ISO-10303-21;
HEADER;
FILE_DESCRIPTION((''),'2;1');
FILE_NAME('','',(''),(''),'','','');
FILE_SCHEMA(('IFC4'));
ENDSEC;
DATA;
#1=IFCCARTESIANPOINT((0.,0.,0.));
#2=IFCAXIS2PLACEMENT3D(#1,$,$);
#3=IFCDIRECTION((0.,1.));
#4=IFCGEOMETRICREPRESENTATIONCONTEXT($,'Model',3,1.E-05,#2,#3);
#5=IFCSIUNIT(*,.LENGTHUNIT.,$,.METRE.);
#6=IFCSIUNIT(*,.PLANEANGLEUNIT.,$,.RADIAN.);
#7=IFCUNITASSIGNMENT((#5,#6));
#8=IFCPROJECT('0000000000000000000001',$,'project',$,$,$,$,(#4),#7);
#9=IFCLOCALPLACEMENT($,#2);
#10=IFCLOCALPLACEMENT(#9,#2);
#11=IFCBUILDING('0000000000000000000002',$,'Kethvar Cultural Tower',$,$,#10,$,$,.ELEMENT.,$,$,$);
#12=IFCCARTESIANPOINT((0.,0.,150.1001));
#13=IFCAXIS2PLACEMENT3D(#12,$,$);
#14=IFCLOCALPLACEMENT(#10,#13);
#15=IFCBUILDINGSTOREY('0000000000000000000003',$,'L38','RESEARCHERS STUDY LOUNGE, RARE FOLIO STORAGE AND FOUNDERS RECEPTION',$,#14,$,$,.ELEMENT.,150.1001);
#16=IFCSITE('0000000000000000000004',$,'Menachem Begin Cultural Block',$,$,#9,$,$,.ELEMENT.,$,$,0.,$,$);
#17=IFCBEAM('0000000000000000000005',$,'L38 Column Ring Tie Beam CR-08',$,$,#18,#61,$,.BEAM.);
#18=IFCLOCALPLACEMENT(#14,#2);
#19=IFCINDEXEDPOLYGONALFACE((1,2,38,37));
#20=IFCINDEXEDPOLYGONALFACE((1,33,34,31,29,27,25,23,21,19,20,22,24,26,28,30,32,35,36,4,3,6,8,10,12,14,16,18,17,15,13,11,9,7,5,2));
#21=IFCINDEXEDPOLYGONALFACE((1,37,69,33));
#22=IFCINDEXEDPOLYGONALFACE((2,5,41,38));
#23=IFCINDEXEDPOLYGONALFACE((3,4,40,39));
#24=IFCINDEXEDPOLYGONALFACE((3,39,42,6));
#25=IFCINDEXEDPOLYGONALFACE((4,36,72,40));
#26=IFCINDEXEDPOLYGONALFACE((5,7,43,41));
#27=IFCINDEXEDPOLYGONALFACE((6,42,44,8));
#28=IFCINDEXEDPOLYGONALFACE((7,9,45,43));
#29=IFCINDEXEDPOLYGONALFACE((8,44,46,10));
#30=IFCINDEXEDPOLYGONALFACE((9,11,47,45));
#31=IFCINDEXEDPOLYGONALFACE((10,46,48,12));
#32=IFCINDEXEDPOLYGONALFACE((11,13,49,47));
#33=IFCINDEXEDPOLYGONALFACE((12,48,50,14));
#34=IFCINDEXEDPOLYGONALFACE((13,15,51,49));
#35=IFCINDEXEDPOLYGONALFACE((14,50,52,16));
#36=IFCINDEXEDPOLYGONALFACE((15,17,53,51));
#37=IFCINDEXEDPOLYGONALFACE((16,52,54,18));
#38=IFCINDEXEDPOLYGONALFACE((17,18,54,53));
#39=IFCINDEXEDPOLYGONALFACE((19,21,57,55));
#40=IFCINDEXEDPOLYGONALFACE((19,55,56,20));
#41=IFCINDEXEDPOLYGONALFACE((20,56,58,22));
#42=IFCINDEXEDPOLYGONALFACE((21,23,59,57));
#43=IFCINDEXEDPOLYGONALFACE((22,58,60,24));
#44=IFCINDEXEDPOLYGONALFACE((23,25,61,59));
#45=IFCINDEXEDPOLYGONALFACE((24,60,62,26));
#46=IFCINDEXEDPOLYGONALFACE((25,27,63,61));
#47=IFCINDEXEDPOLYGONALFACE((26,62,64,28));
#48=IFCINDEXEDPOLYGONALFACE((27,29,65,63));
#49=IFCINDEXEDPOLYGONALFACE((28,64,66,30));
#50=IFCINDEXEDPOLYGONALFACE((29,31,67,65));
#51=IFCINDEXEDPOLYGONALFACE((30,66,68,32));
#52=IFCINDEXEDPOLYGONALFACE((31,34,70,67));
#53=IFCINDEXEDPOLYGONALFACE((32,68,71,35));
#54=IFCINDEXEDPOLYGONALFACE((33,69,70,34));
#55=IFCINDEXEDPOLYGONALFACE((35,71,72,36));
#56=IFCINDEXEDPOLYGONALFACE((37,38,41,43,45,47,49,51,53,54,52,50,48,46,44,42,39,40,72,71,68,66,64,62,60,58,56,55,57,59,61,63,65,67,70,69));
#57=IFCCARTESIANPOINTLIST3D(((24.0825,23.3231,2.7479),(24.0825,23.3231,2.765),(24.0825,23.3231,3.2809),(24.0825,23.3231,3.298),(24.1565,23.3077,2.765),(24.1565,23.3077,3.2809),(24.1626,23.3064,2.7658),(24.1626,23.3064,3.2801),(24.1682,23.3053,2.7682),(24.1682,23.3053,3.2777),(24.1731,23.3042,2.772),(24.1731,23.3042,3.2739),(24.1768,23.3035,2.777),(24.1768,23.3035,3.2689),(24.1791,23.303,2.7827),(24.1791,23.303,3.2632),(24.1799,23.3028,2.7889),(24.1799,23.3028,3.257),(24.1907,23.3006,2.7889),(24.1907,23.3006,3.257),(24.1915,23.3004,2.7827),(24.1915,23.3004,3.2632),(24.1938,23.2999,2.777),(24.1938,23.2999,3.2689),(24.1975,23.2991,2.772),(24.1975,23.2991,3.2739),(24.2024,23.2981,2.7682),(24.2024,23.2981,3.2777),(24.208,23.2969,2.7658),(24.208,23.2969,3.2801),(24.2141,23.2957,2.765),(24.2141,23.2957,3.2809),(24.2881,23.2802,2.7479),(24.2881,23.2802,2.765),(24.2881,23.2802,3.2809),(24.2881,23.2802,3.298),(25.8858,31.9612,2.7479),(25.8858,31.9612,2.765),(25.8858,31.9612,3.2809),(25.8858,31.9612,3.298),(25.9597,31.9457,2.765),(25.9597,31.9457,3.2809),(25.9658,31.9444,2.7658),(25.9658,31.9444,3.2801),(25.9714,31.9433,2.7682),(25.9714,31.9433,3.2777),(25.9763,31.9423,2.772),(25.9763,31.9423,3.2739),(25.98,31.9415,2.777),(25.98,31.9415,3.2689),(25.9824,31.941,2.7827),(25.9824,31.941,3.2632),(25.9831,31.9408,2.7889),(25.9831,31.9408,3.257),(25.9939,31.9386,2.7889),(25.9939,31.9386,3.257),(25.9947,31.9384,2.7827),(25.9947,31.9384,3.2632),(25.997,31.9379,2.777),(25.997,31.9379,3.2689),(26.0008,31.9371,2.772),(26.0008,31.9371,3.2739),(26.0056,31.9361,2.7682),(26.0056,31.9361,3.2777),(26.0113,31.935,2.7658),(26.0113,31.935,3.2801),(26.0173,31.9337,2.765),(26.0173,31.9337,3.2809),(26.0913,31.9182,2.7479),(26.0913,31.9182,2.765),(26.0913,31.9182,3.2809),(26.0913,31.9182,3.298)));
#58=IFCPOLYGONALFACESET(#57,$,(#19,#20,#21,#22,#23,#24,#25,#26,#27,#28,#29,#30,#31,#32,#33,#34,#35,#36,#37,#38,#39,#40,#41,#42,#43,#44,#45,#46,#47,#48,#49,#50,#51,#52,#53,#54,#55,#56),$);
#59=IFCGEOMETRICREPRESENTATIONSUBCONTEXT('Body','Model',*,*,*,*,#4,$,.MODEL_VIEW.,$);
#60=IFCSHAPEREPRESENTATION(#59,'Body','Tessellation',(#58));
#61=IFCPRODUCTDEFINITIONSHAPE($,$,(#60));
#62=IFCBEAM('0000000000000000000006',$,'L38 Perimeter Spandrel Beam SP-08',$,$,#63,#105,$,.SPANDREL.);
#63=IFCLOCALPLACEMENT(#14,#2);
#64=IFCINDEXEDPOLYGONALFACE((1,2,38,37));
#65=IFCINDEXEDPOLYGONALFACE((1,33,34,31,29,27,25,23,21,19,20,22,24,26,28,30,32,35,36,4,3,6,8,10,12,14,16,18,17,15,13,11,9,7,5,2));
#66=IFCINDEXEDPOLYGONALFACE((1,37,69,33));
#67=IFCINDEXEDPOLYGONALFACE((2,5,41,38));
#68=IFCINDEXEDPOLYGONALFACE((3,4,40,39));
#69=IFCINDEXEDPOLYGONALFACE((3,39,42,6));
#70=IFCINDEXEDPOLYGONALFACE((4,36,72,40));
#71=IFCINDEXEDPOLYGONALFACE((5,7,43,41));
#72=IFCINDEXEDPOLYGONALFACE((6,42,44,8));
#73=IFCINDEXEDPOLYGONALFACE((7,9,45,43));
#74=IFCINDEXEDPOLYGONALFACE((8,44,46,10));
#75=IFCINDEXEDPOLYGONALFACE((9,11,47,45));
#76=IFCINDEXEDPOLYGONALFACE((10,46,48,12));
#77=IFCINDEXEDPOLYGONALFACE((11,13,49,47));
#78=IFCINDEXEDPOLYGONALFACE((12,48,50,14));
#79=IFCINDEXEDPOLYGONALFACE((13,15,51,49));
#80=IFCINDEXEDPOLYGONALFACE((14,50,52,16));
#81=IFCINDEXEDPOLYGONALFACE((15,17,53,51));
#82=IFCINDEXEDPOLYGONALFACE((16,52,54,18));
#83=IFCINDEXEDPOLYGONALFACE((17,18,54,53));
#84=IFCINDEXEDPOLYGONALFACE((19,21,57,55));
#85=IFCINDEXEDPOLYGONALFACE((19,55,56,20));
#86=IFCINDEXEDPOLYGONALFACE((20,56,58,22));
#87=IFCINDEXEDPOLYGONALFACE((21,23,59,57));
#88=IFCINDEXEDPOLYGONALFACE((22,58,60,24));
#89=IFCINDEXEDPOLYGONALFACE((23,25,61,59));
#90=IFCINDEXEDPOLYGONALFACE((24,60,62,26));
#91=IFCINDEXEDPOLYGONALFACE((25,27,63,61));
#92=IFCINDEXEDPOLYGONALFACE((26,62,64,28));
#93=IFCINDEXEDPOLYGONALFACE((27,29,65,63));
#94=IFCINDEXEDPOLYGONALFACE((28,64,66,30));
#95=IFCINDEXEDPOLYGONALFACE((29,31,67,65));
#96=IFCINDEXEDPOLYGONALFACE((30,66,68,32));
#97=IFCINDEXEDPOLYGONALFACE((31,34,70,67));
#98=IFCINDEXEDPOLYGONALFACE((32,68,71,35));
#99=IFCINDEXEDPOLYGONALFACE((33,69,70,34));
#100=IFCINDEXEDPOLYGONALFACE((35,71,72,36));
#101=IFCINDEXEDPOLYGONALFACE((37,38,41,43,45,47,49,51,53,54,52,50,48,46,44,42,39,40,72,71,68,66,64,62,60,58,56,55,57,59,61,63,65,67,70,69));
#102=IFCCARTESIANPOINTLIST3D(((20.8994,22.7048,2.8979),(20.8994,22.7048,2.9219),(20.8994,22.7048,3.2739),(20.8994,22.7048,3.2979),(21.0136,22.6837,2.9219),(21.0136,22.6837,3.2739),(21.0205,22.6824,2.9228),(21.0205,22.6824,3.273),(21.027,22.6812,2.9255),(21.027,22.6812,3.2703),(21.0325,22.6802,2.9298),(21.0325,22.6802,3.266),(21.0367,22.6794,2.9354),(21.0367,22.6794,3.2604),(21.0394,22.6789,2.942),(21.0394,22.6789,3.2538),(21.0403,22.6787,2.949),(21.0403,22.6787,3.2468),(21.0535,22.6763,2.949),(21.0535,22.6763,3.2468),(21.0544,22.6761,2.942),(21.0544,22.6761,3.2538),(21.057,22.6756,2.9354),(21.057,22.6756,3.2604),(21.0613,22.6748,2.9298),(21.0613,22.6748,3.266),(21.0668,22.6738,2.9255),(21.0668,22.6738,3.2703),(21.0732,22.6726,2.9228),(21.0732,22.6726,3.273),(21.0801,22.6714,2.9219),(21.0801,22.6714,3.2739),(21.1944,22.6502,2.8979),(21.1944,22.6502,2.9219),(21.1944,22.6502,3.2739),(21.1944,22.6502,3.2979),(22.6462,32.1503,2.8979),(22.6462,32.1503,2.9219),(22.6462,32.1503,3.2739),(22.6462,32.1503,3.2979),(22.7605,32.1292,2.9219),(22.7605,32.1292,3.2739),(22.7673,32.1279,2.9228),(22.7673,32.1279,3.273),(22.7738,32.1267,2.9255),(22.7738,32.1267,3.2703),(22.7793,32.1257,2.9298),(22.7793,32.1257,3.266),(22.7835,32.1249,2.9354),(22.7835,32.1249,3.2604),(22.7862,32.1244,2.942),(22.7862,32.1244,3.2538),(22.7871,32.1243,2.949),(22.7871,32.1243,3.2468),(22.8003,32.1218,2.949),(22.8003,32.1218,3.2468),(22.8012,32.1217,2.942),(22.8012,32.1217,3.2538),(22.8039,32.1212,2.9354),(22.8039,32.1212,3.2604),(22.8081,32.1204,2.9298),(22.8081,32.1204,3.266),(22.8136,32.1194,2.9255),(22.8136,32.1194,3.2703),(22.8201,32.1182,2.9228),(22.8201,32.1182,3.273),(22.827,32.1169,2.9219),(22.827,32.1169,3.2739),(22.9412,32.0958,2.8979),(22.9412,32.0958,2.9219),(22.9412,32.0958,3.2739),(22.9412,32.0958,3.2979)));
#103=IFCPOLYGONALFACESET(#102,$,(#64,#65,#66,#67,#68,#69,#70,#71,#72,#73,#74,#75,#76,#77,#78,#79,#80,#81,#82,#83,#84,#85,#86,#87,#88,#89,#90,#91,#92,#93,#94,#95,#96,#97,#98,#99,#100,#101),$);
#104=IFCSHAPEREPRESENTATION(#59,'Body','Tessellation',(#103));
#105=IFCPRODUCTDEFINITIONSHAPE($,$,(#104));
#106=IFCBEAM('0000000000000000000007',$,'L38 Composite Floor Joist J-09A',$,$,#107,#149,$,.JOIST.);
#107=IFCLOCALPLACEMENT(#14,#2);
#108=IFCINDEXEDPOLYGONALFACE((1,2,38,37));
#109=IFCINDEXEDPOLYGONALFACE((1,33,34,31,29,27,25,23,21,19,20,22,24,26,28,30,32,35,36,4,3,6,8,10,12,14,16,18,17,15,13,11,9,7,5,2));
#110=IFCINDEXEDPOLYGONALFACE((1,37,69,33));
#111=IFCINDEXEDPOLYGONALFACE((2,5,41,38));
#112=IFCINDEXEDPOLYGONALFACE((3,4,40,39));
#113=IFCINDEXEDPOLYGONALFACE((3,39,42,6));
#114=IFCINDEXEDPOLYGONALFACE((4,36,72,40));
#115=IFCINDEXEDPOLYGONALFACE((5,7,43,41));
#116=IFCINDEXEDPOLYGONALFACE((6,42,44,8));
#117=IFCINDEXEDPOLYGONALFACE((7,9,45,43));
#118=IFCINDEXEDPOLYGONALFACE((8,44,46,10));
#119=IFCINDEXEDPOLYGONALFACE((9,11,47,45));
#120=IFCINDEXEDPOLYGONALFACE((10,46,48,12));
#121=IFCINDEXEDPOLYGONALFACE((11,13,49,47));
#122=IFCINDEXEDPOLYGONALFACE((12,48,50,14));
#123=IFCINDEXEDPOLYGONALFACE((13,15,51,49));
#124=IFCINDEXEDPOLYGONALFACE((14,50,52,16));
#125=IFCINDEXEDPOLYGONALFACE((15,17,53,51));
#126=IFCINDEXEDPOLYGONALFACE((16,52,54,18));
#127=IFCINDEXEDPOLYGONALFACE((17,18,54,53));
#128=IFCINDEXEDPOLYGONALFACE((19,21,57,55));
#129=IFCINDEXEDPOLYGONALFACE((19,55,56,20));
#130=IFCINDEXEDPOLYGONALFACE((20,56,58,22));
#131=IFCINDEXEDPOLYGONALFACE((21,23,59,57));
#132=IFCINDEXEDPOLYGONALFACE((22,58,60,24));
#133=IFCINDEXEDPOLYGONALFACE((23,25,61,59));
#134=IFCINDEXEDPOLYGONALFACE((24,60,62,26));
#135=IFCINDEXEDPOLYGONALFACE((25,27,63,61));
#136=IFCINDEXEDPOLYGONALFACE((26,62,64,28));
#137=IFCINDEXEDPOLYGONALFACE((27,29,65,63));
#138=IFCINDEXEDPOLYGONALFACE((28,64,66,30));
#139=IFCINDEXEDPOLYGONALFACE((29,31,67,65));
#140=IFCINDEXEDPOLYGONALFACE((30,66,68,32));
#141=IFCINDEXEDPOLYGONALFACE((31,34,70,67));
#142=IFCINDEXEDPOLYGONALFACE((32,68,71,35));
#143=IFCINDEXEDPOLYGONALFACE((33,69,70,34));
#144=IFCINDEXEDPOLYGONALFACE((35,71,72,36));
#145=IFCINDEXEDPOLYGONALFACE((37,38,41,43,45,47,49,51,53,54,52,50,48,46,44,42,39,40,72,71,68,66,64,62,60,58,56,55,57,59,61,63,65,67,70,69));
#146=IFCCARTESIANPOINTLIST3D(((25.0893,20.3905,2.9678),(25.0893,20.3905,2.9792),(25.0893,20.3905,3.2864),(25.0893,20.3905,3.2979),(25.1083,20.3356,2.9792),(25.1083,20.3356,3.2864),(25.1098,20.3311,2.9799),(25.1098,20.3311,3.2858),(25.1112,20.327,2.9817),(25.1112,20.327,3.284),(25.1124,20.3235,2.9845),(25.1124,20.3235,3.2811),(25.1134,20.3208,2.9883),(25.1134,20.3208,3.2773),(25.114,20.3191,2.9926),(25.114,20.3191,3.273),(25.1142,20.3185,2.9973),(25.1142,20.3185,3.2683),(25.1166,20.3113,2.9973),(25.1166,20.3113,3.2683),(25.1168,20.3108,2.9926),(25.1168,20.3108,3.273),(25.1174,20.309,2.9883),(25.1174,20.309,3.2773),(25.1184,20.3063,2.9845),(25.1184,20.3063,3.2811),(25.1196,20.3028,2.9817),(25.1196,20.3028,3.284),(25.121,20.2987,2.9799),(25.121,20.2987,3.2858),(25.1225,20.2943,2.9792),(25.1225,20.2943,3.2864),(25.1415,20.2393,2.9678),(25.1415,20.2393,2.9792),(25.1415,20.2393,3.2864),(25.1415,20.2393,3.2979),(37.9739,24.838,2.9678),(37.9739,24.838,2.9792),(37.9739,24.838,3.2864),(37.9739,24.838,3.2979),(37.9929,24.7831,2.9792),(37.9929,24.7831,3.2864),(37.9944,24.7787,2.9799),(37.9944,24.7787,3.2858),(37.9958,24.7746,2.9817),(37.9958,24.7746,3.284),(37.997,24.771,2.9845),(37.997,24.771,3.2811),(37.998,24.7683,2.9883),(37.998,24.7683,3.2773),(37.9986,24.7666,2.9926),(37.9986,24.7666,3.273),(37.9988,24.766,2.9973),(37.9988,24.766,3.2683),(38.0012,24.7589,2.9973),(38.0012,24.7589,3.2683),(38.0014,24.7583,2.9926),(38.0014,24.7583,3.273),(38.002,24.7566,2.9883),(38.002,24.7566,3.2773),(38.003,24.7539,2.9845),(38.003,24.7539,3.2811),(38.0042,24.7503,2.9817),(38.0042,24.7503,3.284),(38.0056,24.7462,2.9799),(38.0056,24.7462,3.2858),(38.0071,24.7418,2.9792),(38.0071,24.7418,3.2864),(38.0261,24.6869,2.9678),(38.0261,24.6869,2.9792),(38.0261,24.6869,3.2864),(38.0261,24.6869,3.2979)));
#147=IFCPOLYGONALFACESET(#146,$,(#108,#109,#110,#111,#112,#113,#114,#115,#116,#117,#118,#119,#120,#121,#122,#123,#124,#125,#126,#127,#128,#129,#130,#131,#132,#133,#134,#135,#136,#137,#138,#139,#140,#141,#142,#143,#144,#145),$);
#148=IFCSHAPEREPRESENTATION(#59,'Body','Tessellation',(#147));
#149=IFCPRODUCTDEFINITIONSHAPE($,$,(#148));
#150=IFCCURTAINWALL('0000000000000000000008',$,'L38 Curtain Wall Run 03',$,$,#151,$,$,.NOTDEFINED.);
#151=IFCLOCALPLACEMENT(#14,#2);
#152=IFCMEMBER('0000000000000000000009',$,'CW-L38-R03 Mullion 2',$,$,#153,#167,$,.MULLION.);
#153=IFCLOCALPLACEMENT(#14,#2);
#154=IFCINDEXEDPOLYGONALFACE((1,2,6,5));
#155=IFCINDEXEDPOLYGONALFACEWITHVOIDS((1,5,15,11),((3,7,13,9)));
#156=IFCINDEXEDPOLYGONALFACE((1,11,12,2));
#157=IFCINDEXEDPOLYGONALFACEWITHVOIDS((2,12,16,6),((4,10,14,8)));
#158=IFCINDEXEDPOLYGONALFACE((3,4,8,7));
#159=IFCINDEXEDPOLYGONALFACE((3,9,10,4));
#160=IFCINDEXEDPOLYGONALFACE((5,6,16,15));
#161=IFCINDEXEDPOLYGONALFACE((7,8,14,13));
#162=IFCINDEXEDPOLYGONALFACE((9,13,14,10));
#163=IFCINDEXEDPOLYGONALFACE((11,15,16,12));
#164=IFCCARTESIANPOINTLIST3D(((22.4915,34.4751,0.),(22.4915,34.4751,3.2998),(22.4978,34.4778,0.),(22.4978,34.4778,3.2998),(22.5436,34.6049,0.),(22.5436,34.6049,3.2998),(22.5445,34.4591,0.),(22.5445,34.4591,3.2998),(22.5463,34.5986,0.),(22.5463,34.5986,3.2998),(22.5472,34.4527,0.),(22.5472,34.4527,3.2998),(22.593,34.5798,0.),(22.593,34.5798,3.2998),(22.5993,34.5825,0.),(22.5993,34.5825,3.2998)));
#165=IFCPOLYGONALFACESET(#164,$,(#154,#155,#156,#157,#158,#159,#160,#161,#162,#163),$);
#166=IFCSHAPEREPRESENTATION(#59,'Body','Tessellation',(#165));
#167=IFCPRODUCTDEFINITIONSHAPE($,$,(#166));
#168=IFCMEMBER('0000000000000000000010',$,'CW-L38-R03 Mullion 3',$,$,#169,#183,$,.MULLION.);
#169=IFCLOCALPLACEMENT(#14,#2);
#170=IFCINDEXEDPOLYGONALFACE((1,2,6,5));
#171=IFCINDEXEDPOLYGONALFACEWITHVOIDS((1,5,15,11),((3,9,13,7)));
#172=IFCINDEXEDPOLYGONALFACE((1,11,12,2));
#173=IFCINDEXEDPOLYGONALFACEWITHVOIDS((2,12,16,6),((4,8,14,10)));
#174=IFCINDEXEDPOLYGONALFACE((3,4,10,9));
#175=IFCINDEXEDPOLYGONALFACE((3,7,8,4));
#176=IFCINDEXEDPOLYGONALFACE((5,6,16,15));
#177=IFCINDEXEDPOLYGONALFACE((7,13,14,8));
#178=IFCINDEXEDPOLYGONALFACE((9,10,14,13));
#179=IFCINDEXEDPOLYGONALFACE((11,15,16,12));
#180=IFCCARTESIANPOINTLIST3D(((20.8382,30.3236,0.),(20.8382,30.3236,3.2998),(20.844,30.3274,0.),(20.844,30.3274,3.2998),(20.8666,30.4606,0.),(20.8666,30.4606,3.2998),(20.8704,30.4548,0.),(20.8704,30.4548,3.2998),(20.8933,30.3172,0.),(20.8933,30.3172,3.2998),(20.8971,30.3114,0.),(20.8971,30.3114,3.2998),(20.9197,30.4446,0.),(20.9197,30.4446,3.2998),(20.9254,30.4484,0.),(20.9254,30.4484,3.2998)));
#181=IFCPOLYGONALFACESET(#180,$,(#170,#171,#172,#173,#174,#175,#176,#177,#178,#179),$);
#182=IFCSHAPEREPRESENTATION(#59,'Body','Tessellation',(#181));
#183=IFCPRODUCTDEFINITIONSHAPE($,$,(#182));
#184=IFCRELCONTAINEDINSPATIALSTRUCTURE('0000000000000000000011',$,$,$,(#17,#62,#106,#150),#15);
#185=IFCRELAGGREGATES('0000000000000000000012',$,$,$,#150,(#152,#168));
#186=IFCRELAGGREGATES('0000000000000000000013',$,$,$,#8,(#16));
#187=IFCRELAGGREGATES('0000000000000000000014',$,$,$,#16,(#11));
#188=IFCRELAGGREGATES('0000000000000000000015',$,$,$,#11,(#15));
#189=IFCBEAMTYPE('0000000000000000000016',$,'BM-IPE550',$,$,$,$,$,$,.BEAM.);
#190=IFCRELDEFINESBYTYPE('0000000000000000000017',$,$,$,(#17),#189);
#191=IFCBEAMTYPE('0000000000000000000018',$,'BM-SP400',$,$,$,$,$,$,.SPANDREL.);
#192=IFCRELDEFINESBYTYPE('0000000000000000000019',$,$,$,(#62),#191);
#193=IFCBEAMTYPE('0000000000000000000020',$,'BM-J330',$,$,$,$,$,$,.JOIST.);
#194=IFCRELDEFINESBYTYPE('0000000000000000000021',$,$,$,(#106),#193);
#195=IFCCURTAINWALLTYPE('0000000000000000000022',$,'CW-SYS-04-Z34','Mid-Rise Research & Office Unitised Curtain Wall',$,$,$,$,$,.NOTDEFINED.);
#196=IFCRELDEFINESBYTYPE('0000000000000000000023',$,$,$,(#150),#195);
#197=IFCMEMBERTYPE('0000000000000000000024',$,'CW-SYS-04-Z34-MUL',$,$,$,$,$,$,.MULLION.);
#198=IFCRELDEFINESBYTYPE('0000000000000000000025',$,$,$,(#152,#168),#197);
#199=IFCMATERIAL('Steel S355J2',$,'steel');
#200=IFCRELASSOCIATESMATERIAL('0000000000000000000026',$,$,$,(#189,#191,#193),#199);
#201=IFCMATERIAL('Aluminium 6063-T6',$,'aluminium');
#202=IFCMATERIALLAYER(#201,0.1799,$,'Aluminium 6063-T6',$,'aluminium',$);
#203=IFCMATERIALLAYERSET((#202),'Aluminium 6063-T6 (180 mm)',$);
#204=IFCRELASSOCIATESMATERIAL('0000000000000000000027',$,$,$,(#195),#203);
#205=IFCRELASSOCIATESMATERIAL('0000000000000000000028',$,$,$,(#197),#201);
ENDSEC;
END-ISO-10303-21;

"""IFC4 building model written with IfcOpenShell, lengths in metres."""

from ifc_helpers import new_model, si_unit, direction, frame, origin, origin_2d, place, context, subcontext, project, spatial, hollow_rectangle, i_section, extrude, source, transform, mapped, material, layer, layer_set, material_profile, profile_set, type_object, element, aggregate, save


model = new_model("IFC4")

# Units and contexts
model_context = context("Model", 3, precision=1e-05, world=origin(), true_north=direction((0.0, 1.0)))
body_context = subcontext(model_context, "Body", "Model", "MODEL_VIEW")
ifc_project = project(units=[si_unit("LENGTHUNIT", "METRE"), si_unit("PLANEANGLEUNIT", "RADIAN")], contexts=[model_context])

# Site, building, storey
site_placement = place(None, origin())
site = spatial("IfcSite", under=ifc_project, at=site_placement, Name="Menachem Begin Cultural Block", CompositionType="ELEMENT", RefElevation=0.0)
building_placement = place(site_placement, origin())
building = spatial("IfcBuilding", under=site, at=building_placement, Name="Kethvar Cultural Tower", CompositionType="ELEMENT")
storey_placement = place(building_placement, frame((0.0, 0.0, 150.1001)))
storey = spatial("IfcBuildingStorey", under=building, at=storey_placement, Name="L38", Description="RESEARCHERS STUDY LOUNGE, RARE FOLIO STORAGE AND FOUNDERS RECEPTION", CompositionType="ELEMENT", Elevation=150.1001)

# Beams
ifc_material_1 = material(Name="Steel S355J2", Category="steel")
ifc_material_profile_1 = material_profile(ifc_material_1, i_section(OverallWidth=0.21, OverallDepth=0.55, WebThickness=0.011, FlangeThickness=0.0171, FilletRadius=0.0239, at=origin_2d()), Name="Steel S355J2 — IPE550")
ifc_profile_set_1 = profile_set([ifc_material_profile_1], Name="Steel S355J2 — IPE550")
beam_type_1 = type_object("IfcBeamType", Name="BM-IPE550", PredefinedType="BEAM", material=ifc_profile_set_1)
shared_shape_1 = source(origin(), body_context, "Body", "SweptSolid", [
    extrude(i_section(OverallWidth=0.21, OverallDepth=0.55, WebThickness=0.011, FlangeThickness=0.0171, FilletRadius=0.0239, at=origin_2d()), origin(), (0.0, 0.0, 1.0), 8.8242),
])
beam_1_placement = place(storey_placement, frame((25.9885, 31.9397, 3.0229), z_axis=(-0.204351, -0.978898, 0.0), x_axis=(0.978898, -0.204351, 0.0)))
element("IfcBeam", 1, at=beam_1_placement, inside=storey, type_object=beam_type_1, Name="L38 Column Ring Tie Beam CR-08", PredefinedType="BEAM", context=body_context, shape_type="MappedRepresentation", body=[
    mapped(shared_shape_1, transform((0.0, 0.0, 0.0), scale=1.0)),
])
ifc_material_profile_2 = material_profile(ifc_material_1, i_section(OverallWidth=0.3, OverallDepth=0.3999, WebThickness=0.0134, FlangeThickness=0.0239, FilletRadius=0.0271, at=origin_2d()), Name="Steel S355J2 — HEB400")
ifc_profile_set_2 = profile_set([ifc_material_profile_2], Name="Steel S355J2 — HEB400")
beam_type_2 = type_object("IfcBeamType", Name="BM-SP400", PredefinedType="SPANDREL", material=ifc_profile_set_2)
shared_shape_2 = source(origin(), body_context, "Body", "SweptSolid", [
    extrude(i_section(OverallWidth=0.3, OverallDepth=0.3999, WebThickness=0.0134, FlangeThickness=0.0239, FilletRadius=0.0271, at=origin_2d()), origin(), (0.0, 0.0, 1.0), 9.6057),
])
beam_2_placement = place(storey_placement, frame((22.7937, 32.123, 3.0979), z_axis=(-0.181853, -0.983326, 0.0), x_axis=(0.983326, -0.181853, 0.0)))
element("IfcBeam", 2, at=beam_2_placement, inside=storey, type_object=beam_type_2, Name="L38 Perimeter Spandrel Beam SP-08", PredefinedType="SPANDREL", context=body_context, shape_type="MappedRepresentation", body=[
    mapped(shared_shape_2, transform((0.0, 0.0, 0.0), scale=1.0)),
])
ifc_material_profile_3 = material_profile(ifc_material_1, i_section(OverallWidth=0.1599, OverallDepth=0.3301, WebThickness=0.0076, FlangeThickness=0.0115, FilletRadius=0.0181, at=origin_2d()), Name="Steel S355J2 — IPE330")
ifc_profile_set_3 = profile_set([ifc_material_profile_3], Name="Steel S355J2 — IPE330")
beam_type_3 = type_object("IfcBeamType", Name="BM-J330", PredefinedType="JOIST", material=ifc_profile_set_3)
shared_shape_3 = source(origin(), body_context, "Body", "SweptSolid", [
    extrude(i_section(OverallWidth=0.1599, OverallDepth=0.3301, WebThickness=0.0076, FlangeThickness=0.0115, FilletRadius=0.0181, at=origin_2d()), origin(), (0.0, 0.0, 1.0), 13.6306),
])
beam_3_placement = place(storey_placement, frame((38.0, 24.7625, 3.1328), z_axis=(-0.94527, -0.32629, 0.0), x_axis=(0.32629, -0.94527, 0.0)))
element("IfcBeam", 3, at=beam_3_placement, inside=storey, type_object=beam_type_3, Name="L38 Composite Floor Joist J-09A", PredefinedType="JOIST", context=body_context, shape_type="MappedRepresentation", body=[
    mapped(shared_shape_3, transform((0.0, 0.0, 0.0), scale=1.0)),
])

# Curtain wall, members
ifc_material_2 = material(Name="Aluminium 6063-T6", Category="aluminium")
ifc_layer_1 = layer(ifc_material_2, 0.1799, Name="Aluminium 6063-T6", Category="aluminium")
ifc_layer_set_1 = layer_set([ifc_layer_1], Name="Aluminium 6063-T6 (180 mm)")
curtain_wall_type = type_object("IfcCurtainWallType", Name="CW-SYS-04-Z34", Description="Mid-Rise Research & Office Unitised Curtain Wall", PredefinedType="NOTDEFINED", material=ifc_layer_set_1)
curtain_wall_placement = place(storey_placement, origin())
curtain_wall = element("IfcCurtainWall", 4, at=curtain_wall_placement, inside=storey, type_object=curtain_wall_type, Name="L38 Curtain Wall Run 03", PredefinedType="NOTDEFINED")
ifc_material_profile_4 = material_profile(ifc_material_2, hollow_rectangle(XDim=0.0601, YDim=0.1399, WallThickness=0.0049, at=origin_2d()), Name="Aluminium 6063-T6 — RHS140x60x5")
ifc_profile_set_4 = profile_set([ifc_material_profile_4], Name="Aluminium 6063-T6 — RHS140x60x5")
member_type_1 = type_object("IfcMemberType", Name="CW-SYS-04-Z34-MUL", PredefinedType="MULLION", material=ifc_profile_set_4)
shared_shape_4 = source(origin(), body_context, "Body", "SweptSolid", [
    extrude(hollow_rectangle(XDim=0.0601, YDim=0.1399, WallThickness=0.0049, at=origin_2d()), origin(), (0.0, 0.0, 1.0), 3.2998),
])
member_1_placement = place(storey_placement, frame((22.5454, 34.5288, 0.0), z_axis=(0.0, 0.0, 1.0), x_axis=(0.928122, -0.372275, 0.0)))
member_1 = element("IfcMember", 5, at=member_1_placement, type_object=member_type_1, Name="CW-L38-R03 Mullion 2", PredefinedType="MULLION", context=body_context, shape_type="MappedRepresentation", body=[
    mapped(shared_shape_4, transform((0.0, 0.0, 0.0), scale=1.0)),
])
member_2_placement = place(storey_placement, frame((20.8818, 30.386, 0.0), z_axis=(0.0, 0.0, 1.0), x_axis=(0.979212, -0.202839, 0.0)))
member_2 = element("IfcMember", 6, at=member_2_placement, type_object=member_type_1, Name="CW-L38-R03 Mullion 3", PredefinedType="MULLION", context=body_context, shape_type="MappedRepresentation", body=[
    mapped(shared_shape_4, transform((0.0, 0.0, 0.0), scale=1.0)),
])
aggregate(curtain_wall, [member_1, member_2])

save(model, "model.ifc")
